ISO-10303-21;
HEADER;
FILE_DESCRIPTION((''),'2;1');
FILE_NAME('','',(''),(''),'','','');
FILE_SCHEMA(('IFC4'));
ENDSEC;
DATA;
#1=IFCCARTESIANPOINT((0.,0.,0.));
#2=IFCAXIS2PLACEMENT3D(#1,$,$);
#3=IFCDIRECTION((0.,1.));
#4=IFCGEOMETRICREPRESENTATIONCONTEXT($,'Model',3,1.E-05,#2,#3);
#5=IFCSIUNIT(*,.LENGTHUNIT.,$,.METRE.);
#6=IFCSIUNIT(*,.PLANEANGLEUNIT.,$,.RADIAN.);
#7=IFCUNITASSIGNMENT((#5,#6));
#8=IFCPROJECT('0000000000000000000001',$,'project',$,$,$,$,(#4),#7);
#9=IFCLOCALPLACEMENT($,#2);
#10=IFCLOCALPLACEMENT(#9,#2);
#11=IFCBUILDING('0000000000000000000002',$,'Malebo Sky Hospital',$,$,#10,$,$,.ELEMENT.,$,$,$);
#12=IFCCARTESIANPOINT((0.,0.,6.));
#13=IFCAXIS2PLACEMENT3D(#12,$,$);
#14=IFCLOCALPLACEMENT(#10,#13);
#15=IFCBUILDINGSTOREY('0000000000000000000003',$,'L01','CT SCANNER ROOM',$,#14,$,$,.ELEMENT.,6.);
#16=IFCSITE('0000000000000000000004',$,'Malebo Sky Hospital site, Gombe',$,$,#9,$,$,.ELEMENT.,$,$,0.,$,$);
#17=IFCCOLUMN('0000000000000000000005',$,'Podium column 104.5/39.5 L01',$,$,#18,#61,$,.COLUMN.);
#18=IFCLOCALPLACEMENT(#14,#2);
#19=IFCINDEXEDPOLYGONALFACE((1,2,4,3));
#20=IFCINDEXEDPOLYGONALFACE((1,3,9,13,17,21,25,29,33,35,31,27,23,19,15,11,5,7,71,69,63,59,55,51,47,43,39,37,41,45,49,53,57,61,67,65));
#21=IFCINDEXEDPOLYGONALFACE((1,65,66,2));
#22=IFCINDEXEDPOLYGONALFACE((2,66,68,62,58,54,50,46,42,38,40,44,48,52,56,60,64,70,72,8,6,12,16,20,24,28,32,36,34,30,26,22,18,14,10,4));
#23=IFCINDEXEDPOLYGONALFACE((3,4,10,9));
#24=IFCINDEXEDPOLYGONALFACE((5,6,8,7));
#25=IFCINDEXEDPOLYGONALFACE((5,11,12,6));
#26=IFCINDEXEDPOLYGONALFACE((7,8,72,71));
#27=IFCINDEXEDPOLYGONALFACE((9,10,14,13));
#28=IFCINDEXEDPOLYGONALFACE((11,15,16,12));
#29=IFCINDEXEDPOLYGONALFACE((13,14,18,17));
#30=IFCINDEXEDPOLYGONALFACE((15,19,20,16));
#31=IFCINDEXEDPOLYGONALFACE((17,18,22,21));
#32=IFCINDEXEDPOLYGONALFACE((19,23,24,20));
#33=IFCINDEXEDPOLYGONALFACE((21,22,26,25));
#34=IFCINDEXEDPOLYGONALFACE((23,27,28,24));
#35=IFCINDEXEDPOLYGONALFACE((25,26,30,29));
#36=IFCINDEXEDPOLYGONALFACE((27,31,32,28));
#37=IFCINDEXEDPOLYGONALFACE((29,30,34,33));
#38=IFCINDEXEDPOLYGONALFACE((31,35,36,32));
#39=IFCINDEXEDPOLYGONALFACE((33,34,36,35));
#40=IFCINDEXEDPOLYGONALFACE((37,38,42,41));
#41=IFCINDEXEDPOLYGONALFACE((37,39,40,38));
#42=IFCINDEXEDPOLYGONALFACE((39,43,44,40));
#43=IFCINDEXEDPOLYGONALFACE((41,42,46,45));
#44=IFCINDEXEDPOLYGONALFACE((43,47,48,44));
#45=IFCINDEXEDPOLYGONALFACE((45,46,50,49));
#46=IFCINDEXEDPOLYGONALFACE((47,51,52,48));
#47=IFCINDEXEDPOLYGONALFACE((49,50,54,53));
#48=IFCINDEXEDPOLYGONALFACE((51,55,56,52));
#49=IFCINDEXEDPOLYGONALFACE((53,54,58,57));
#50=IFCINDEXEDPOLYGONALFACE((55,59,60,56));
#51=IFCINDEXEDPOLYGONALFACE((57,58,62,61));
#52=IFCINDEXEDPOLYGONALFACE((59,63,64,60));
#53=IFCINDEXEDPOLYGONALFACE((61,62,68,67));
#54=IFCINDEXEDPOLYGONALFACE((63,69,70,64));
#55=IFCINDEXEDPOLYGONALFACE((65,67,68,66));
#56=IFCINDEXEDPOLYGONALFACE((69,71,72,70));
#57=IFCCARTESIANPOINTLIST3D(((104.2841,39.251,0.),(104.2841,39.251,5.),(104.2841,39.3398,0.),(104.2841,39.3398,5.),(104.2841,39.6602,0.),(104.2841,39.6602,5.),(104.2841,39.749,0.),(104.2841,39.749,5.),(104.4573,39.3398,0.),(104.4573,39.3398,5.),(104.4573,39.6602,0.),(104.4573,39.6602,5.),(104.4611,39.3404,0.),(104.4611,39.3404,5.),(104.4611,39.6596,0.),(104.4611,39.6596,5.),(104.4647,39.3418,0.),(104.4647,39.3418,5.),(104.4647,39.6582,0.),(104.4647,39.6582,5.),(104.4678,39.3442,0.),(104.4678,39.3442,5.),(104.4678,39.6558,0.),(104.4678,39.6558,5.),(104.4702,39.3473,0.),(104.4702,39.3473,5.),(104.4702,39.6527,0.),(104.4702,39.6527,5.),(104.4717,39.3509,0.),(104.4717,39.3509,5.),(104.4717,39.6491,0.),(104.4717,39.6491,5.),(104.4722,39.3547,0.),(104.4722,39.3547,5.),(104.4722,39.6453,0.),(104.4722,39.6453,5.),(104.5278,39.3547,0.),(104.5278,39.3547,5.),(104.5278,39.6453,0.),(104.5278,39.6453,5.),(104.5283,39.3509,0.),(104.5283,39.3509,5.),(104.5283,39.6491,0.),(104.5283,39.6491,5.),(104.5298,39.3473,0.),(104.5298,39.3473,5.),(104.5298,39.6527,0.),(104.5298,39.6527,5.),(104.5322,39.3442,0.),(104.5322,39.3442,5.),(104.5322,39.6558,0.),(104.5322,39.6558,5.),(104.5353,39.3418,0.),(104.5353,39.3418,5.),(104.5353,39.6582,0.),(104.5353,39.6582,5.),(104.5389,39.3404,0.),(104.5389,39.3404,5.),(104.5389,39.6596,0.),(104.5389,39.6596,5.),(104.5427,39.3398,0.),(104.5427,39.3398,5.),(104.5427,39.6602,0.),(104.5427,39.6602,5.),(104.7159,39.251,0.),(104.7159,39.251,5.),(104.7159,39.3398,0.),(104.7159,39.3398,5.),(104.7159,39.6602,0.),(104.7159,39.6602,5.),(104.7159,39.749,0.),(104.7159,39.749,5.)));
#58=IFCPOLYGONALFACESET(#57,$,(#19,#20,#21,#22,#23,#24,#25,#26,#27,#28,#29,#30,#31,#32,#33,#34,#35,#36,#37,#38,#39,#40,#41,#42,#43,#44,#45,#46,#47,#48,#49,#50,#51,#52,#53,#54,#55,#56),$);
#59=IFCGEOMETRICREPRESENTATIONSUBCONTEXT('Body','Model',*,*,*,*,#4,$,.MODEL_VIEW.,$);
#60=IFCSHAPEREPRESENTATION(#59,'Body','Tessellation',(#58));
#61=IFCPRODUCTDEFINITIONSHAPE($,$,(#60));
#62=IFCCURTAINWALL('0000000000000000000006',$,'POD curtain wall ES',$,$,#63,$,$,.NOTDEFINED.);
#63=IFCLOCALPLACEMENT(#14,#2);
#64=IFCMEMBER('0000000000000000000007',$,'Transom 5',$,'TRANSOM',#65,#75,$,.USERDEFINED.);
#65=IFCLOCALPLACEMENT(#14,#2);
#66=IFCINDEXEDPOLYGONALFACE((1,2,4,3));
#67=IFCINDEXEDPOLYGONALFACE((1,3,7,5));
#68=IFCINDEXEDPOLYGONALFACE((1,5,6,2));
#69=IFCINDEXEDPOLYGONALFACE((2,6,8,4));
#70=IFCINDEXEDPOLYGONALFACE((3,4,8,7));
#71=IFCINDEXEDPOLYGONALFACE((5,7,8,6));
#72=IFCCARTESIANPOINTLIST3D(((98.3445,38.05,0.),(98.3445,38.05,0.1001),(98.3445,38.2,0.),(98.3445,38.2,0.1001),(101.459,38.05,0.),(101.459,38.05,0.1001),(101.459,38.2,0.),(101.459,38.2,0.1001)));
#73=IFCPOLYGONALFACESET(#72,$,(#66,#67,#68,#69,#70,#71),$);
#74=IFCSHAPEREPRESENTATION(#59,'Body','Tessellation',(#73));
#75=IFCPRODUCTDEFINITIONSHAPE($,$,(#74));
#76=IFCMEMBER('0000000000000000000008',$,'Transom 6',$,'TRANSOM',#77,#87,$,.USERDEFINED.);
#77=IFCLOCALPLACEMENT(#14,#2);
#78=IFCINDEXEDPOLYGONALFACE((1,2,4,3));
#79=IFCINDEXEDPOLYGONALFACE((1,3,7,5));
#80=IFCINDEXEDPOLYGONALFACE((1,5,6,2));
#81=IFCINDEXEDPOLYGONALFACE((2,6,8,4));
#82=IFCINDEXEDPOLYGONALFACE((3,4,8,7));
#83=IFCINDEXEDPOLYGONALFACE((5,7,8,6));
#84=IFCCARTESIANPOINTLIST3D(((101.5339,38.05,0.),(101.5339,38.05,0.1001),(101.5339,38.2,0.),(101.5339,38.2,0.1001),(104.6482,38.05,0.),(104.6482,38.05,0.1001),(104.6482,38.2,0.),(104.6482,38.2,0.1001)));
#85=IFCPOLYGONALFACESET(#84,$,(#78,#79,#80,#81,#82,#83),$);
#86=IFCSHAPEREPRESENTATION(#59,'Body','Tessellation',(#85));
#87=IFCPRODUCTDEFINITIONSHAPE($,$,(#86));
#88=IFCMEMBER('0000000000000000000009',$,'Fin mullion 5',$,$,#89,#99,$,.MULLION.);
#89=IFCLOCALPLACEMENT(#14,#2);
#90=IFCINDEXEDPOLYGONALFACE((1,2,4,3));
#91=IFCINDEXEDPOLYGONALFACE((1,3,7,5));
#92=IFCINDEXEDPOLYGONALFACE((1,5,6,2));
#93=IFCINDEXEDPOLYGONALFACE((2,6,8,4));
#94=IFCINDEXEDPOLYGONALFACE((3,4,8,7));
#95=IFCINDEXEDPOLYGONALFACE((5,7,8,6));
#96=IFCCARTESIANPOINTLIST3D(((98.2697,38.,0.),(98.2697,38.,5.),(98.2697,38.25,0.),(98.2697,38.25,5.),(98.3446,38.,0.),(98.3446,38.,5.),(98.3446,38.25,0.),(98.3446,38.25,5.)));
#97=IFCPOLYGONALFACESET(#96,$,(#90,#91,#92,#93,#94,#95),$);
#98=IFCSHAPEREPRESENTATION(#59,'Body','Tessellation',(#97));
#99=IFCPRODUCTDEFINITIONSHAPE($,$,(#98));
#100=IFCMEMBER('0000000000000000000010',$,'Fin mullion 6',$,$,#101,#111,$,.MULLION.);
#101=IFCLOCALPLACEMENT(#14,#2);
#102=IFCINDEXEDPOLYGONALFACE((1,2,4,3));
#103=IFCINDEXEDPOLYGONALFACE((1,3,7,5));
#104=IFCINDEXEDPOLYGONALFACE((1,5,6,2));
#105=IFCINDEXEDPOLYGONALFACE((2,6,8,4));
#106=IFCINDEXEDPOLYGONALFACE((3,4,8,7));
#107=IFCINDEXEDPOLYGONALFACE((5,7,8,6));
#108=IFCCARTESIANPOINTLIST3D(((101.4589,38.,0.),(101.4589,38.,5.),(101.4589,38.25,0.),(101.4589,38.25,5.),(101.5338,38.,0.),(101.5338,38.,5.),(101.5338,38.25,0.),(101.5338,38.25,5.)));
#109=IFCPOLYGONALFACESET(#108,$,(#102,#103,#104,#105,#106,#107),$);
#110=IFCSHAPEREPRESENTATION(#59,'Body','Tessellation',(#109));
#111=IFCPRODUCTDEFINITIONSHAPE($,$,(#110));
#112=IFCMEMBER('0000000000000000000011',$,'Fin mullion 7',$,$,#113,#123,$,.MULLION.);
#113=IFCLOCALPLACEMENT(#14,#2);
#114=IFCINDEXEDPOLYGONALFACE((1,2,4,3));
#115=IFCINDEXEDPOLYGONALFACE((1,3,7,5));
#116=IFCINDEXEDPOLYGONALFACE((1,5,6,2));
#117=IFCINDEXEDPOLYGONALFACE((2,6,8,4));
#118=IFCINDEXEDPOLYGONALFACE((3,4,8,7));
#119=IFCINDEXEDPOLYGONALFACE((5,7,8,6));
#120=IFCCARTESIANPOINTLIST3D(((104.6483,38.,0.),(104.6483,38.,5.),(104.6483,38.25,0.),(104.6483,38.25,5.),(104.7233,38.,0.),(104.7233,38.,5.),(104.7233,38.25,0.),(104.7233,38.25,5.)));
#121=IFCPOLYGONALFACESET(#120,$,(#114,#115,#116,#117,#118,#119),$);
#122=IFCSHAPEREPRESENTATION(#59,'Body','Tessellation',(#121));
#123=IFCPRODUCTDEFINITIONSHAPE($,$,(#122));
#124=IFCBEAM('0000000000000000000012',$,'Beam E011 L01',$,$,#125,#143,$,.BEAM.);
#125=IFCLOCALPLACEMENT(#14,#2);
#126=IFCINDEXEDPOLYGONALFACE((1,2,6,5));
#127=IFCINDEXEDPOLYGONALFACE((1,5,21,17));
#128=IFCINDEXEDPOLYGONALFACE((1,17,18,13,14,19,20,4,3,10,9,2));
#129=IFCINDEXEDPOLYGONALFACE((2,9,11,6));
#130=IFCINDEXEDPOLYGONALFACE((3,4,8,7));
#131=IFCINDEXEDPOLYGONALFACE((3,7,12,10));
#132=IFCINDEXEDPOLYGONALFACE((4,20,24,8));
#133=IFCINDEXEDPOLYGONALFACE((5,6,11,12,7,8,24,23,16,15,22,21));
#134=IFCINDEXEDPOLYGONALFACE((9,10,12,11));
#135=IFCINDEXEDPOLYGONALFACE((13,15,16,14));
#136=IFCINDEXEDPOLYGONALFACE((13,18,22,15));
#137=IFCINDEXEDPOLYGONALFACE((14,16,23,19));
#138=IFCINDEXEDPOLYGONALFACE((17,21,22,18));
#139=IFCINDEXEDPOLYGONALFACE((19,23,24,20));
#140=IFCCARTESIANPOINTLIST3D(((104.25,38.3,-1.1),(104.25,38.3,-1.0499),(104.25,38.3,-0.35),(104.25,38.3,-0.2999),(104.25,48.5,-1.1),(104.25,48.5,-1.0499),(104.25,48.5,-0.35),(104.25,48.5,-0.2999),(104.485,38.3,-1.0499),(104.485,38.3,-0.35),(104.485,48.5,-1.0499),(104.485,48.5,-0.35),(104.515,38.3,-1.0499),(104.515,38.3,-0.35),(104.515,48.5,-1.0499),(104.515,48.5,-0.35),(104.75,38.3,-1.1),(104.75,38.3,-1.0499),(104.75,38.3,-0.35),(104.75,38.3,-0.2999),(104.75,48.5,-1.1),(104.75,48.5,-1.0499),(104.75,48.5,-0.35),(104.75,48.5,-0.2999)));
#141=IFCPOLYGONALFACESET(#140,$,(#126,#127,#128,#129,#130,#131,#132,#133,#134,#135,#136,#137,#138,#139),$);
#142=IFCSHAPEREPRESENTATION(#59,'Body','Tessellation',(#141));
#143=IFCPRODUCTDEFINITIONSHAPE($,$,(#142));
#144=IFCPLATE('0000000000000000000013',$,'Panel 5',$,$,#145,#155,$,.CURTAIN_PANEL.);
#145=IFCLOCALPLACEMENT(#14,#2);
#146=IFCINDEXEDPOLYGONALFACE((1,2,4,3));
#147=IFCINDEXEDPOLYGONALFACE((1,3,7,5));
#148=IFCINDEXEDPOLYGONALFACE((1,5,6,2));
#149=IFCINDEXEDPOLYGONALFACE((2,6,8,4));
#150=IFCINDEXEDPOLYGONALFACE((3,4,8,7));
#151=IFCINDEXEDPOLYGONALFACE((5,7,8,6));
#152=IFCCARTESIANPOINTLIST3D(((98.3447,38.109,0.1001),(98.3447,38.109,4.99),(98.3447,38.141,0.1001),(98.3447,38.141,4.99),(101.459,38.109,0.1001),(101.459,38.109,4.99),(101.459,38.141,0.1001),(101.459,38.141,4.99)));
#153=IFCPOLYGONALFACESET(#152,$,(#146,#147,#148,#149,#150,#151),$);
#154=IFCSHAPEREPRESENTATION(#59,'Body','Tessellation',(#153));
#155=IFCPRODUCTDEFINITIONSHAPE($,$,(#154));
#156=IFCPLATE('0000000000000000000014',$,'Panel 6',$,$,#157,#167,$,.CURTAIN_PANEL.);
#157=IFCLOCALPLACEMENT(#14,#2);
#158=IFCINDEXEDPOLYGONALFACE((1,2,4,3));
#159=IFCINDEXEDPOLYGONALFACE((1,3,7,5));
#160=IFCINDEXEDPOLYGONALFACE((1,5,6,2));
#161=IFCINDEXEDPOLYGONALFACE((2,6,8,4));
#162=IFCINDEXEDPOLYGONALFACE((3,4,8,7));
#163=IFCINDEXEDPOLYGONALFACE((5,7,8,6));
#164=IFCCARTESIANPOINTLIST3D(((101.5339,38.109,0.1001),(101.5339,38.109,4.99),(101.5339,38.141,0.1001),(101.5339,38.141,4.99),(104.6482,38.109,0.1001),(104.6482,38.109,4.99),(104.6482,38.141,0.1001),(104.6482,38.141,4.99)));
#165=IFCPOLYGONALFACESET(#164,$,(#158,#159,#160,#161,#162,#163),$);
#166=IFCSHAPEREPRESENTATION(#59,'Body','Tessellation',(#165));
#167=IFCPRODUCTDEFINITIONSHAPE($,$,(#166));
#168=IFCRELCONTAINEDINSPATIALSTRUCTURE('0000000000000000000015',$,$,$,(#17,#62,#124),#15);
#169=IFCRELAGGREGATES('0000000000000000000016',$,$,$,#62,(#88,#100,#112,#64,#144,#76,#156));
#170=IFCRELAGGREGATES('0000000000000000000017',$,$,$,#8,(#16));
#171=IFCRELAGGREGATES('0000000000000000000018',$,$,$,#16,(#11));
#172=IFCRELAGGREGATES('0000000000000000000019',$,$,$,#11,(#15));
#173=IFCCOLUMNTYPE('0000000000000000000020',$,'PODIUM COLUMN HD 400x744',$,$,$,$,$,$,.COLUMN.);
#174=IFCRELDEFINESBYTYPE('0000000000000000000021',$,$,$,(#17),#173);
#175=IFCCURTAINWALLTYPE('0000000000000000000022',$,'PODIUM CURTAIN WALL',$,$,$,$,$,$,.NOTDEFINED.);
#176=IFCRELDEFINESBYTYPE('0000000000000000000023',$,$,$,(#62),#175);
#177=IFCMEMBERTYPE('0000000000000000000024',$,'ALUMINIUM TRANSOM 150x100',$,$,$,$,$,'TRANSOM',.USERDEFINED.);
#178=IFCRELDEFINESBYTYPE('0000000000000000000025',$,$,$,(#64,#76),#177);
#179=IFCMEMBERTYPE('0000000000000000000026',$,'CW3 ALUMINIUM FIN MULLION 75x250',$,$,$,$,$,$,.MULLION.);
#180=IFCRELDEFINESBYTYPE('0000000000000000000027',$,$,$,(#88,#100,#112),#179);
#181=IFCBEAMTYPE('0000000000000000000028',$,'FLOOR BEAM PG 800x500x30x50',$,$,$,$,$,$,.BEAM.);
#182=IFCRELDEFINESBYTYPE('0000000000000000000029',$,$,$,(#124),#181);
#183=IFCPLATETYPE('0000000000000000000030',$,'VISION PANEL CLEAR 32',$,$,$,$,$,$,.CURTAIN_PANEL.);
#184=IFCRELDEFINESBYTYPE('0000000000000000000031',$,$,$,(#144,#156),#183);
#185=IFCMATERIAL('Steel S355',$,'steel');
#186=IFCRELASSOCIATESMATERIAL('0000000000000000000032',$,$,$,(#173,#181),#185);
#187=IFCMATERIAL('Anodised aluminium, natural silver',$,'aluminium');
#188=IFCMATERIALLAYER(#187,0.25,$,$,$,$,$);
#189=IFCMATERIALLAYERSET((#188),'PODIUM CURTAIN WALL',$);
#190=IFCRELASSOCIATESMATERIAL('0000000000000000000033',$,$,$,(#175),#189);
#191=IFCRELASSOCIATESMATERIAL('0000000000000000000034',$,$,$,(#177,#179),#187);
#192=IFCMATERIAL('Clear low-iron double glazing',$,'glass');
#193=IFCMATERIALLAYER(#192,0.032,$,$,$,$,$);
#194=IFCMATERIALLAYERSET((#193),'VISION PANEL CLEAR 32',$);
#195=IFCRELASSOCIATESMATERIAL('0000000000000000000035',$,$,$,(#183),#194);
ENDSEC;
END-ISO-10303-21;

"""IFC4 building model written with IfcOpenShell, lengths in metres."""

from ifc_helpers import new_model, si_unit, direction, frame, origin, origin_2d, place, context, subcontext, project, spatial, rectangle, i_section, extrude, material, layer, layer_set, material_profile, profile_set, type_object, element, aggregate, save


model = new_model("IFC4")

# Units and contexts
model_context = context("Model", 3, precision=1e-05, world=origin(), true_north=direction((0.0, 1.0)))
body_context = subcontext(model_context, "Body", "Model", "MODEL_VIEW")
ifc_project = project(units=[si_unit("LENGTHUNIT", "METRE"), si_unit("PLANEANGLEUNIT", "RADIAN")], contexts=[model_context])

# Site, building, storey
site_placement = place(None, origin())
site = spatial("IfcSite", under=ifc_project, at=site_placement, Name="Malebo Sky Hospital site, Gombe", CompositionType="ELEMENT", RefElevation=0.0)
building_placement = place(site_placement, origin())
building = spatial("IfcBuilding", under=site, at=building_placement, Name="Malebo Sky Hospital", CompositionType="ELEMENT")
storey_placement = place(building_placement, frame((0.0, 0.0, 6.0)))
storey = spatial("IfcBuildingStorey", under=building, at=storey_placement, Name="L01", Description="CT SCANNER ROOM", CompositionType="ELEMENT", Elevation=6.0)

# Column
ifc_material_1 = material(Name="Steel S355", Category="steel")
ifc_material_profile_1 = material_profile(ifc_material_1, i_section(OverallWidth=0.4319, OverallDepth=0.498, WebThickness=0.0557, FlangeThickness=0.0889, FilletRadius=0.0149, at=origin_2d()), Name="HD 400x744")
ifc_profile_set_1 = profile_set([ifc_material_profile_1], Name="Steel S355")
column_type = type_object("IfcColumnType", Name="PODIUM COLUMN HD 400x744", PredefinedType="COLUMN", material=ifc_profile_set_1)
column_placement = place(storey_placement, frame((104.5, 39.5, 0.0), z_axis=(0.0, 0.0, 1.0), x_axis=(1.0, 0.0, 0.0)))
element("IfcColumn", 1, at=column_placement, inside=storey, type_object=column_type, Name="Podium column 104.5/39.5 L01", PredefinedType="COLUMN", context=body_context, shape_type="SweptSolid", body=[
    extrude(i_section(OverallWidth=0.4319, OverallDepth=0.498, WebThickness=0.0557, FlangeThickness=0.0889, FilletRadius=0.0149, at=origin_2d()), origin(), (0.0, 0.0, 1.0), 5.0),
])

# Curtain wall, members
ifc_material_2 = material(Name="Anodised aluminium, natural silver", Category="aluminium")
ifc_layer_1 = layer(ifc_material_2, 0.25)
ifc_layer_set_1 = layer_set([ifc_layer_1], Name="PODIUM CURTAIN WALL")
curtain_wall_type = type_object("IfcCurtainWallType", Name="PODIUM CURTAIN WALL", PredefinedType="NOTDEFINED", material=ifc_layer_set_1)
curtain_wall_placement = place(storey_placement, origin())
curtain_wall = element("IfcCurtainWall", 2, at=curtain_wall_placement, inside=storey, type_object=curtain_wall_type, Name="POD curtain wall ES", PredefinedType="NOTDEFINED")
ifc_material_profile_2 = material_profile(ifc_material_2, rectangle(XDim=0.1499, YDim=0.1001, at=origin_2d()), Name="ALUMINIUM TRANSOM 150x100")
ifc_profile_set_2 = profile_set([ifc_material_profile_2], Name="Anodised aluminium, natural silver")
member_type_1 = type_object("IfcMemberType", Name="ALUMINIUM TRANSOM 150x100", ElementType="TRANSOM", PredefinedType="USERDEFINED", material=ifc_profile_set_2)
member_1_placement = place(storey_placement, frame((98.3445, 38.125, 0.05), z_axis=(1.0, 0.0, 0.0), x_axis=(0.0, 1.0, 0.0)))
member_1 = element("IfcMember", 3, at=member_1_placement, type_object=member_type_1, Name="Transom 5", ObjectType="TRANSOM", PredefinedType="USERDEFINED", context=body_context, shape_type="SweptSolid", body=[
    extrude(rectangle(XDim=0.1499, YDim=0.1001, at=origin_2d()), origin(), (0.0, 0.0, 1.0), 3.1145),
])
member_2_placement = place(storey_placement, frame((101.5339, 38.125, 0.05), z_axis=(1.0, 0.0, 0.0), x_axis=(0.0, 1.0, 0.0)))
member_2 = element("IfcMember", 4, at=member_2_placement, type_object=member_type_1, Name="Transom 6", ObjectType="TRANSOM", PredefinedType="USERDEFINED", context=body_context, shape_type="SweptSolid", body=[
    extrude(rectangle(XDim=0.1499, YDim=0.1001, at=origin_2d()), origin(), (0.0, 0.0, 1.0), 3.1143),
])
ifc_material_profile_3 = material_profile(ifc_material_2, rectangle(XDim=0.075, YDim=0.25, at=origin_2d()), Name="CW3 ALUMINIUM FIN MULLION 75x250")
ifc_profile_set_3 = profile_set([ifc_material_profile_3], Name="Anodised aluminium, natural silver")
member_type_2 = type_object("IfcMemberType", Name="CW3 ALUMINIUM FIN MULLION 75x250", PredefinedType="MULLION", material=ifc_profile_set_3)
member_3_placement = place(storey_placement, frame((98.3071, 38.125, 0.0), z_axis=(0.0, 0.0, 1.0), x_axis=(1.0, 0.0, 0.0)))
member_3 = element("IfcMember", 5, at=member_3_placement, type_object=member_type_2, Name="Fin mullion 5", PredefinedType="MULLION", context=body_context, shape_type="SweptSolid", body=[
    extrude(rectangle(XDim=0.075, YDim=0.25, at=origin_2d()), origin(), (0.0, 0.0, 1.0), 5.0),
])
member_4_placement = place(storey_placement, frame((101.4963, 38.125, 0.0), z_axis=(0.0, 0.0, 1.0), x_axis=(1.0, 0.0, 0.0)))
member_4 = element("IfcMember", 6, at=member_4_placement, type_object=member_type_2, Name="Fin mullion 6", PredefinedType="MULLION", context=body_context, shape_type="SweptSolid", body=[
    extrude(rectangle(XDim=0.075, YDim=0.25, at=origin_2d()), origin(), (0.0, 0.0, 1.0), 5.0),
])
member_5_placement = place(storey_placement, frame((104.6858, 38.125, 0.0), z_axis=(0.0, 0.0, 1.0), x_axis=(1.0, 0.0, 0.0)))
member_5 = element("IfcMember", 7, at=member_5_placement, type_object=member_type_2, Name="Fin mullion 7", PredefinedType="MULLION", context=body_context, shape_type="SweptSolid", body=[
    extrude(rectangle(XDim=0.075, YDim=0.25, at=origin_2d()), origin(), (0.0, 0.0, 1.0), 5.0),
])

# Beam
ifc_material_profile_4 = material_profile(ifc_material_1, i_section(OverallWidth=0.5, OverallDepth=0.8, WebThickness=0.03, FlangeThickness=0.05, at=origin_2d()), Name="PG 800x500x30x50")
ifc_profile_set_4 = profile_set([ifc_material_profile_4], Name="Steel S355")
beam_type = type_object("IfcBeamType", Name="FLOOR BEAM PG 800x500x30x50", PredefinedType="BEAM", material=ifc_profile_set_4)
beam_placement = place(storey_placement, frame((104.5, 38.3, -0.7), z_axis=(0.0, 1.0, 0.0), x_axis=(-1.0, 0.0, 0.0)))
element("IfcBeam", 8, at=beam_placement, inside=storey, type_object=beam_type, Name="Beam E011 L01", PredefinedType="BEAM", context=body_context, shape_type="SweptSolid", body=[
    extrude(i_section(OverallWidth=0.5, OverallDepth=0.8, WebThickness=0.03, FlangeThickness=0.05, at=origin_2d()), origin(), (0.0, 0.0, 1.0), 10.2),
])

# Plates
ifc_material_3 = material(Name="Clear low-iron double glazing", Category="glass")
ifc_layer_2 = layer(ifc_material_3, 0.032)
ifc_layer_set_2 = layer_set([ifc_layer_2], Name="VISION PANEL CLEAR 32")
plate_type = type_object("IfcPlateType", Name="VISION PANEL CLEAR 32", PredefinedType="CURTAIN_PANEL", material=ifc_layer_set_2)
plate_1_placement = place(storey_placement, frame((99.9019, 38.125, 0.1001), z_axis=(0.0, 0.0, 1.0), x_axis=(1.0, 0.0, 0.0)))
plate_1 = element("IfcPlate", 9, at=plate_1_placement, type_object=plate_type, Name="Panel 5", PredefinedType="CURTAIN_PANEL", context=body_context, shape_type="SweptSolid", body=[
    extrude(rectangle(XDim=3.1143, YDim=0.032, at=origin_2d()), origin(), (0.0, 0.0, 1.0), 4.8899),
])
plate_2_placement = place(storey_placement, frame((103.0911, 38.125, 0.1001), z_axis=(0.0, 0.0, 1.0), x_axis=(1.0, 0.0, 0.0)))
plate_2 = element("IfcPlate", 10, at=plate_2_placement, type_object=plate_type, Name="Panel 6", PredefinedType="CURTAIN_PANEL", context=body_context, shape_type="SweptSolid", body=[
    extrude(rectangle(XDim=3.1143, YDim=0.032, at=origin_2d()), origin(), (0.0, 0.0, 1.0), 4.8899),
])
aggregate(curtain_wall, [member_3, member_4, member_5, member_1, plate_1, member_2, plate_2])

save(model, "model.ifc")
